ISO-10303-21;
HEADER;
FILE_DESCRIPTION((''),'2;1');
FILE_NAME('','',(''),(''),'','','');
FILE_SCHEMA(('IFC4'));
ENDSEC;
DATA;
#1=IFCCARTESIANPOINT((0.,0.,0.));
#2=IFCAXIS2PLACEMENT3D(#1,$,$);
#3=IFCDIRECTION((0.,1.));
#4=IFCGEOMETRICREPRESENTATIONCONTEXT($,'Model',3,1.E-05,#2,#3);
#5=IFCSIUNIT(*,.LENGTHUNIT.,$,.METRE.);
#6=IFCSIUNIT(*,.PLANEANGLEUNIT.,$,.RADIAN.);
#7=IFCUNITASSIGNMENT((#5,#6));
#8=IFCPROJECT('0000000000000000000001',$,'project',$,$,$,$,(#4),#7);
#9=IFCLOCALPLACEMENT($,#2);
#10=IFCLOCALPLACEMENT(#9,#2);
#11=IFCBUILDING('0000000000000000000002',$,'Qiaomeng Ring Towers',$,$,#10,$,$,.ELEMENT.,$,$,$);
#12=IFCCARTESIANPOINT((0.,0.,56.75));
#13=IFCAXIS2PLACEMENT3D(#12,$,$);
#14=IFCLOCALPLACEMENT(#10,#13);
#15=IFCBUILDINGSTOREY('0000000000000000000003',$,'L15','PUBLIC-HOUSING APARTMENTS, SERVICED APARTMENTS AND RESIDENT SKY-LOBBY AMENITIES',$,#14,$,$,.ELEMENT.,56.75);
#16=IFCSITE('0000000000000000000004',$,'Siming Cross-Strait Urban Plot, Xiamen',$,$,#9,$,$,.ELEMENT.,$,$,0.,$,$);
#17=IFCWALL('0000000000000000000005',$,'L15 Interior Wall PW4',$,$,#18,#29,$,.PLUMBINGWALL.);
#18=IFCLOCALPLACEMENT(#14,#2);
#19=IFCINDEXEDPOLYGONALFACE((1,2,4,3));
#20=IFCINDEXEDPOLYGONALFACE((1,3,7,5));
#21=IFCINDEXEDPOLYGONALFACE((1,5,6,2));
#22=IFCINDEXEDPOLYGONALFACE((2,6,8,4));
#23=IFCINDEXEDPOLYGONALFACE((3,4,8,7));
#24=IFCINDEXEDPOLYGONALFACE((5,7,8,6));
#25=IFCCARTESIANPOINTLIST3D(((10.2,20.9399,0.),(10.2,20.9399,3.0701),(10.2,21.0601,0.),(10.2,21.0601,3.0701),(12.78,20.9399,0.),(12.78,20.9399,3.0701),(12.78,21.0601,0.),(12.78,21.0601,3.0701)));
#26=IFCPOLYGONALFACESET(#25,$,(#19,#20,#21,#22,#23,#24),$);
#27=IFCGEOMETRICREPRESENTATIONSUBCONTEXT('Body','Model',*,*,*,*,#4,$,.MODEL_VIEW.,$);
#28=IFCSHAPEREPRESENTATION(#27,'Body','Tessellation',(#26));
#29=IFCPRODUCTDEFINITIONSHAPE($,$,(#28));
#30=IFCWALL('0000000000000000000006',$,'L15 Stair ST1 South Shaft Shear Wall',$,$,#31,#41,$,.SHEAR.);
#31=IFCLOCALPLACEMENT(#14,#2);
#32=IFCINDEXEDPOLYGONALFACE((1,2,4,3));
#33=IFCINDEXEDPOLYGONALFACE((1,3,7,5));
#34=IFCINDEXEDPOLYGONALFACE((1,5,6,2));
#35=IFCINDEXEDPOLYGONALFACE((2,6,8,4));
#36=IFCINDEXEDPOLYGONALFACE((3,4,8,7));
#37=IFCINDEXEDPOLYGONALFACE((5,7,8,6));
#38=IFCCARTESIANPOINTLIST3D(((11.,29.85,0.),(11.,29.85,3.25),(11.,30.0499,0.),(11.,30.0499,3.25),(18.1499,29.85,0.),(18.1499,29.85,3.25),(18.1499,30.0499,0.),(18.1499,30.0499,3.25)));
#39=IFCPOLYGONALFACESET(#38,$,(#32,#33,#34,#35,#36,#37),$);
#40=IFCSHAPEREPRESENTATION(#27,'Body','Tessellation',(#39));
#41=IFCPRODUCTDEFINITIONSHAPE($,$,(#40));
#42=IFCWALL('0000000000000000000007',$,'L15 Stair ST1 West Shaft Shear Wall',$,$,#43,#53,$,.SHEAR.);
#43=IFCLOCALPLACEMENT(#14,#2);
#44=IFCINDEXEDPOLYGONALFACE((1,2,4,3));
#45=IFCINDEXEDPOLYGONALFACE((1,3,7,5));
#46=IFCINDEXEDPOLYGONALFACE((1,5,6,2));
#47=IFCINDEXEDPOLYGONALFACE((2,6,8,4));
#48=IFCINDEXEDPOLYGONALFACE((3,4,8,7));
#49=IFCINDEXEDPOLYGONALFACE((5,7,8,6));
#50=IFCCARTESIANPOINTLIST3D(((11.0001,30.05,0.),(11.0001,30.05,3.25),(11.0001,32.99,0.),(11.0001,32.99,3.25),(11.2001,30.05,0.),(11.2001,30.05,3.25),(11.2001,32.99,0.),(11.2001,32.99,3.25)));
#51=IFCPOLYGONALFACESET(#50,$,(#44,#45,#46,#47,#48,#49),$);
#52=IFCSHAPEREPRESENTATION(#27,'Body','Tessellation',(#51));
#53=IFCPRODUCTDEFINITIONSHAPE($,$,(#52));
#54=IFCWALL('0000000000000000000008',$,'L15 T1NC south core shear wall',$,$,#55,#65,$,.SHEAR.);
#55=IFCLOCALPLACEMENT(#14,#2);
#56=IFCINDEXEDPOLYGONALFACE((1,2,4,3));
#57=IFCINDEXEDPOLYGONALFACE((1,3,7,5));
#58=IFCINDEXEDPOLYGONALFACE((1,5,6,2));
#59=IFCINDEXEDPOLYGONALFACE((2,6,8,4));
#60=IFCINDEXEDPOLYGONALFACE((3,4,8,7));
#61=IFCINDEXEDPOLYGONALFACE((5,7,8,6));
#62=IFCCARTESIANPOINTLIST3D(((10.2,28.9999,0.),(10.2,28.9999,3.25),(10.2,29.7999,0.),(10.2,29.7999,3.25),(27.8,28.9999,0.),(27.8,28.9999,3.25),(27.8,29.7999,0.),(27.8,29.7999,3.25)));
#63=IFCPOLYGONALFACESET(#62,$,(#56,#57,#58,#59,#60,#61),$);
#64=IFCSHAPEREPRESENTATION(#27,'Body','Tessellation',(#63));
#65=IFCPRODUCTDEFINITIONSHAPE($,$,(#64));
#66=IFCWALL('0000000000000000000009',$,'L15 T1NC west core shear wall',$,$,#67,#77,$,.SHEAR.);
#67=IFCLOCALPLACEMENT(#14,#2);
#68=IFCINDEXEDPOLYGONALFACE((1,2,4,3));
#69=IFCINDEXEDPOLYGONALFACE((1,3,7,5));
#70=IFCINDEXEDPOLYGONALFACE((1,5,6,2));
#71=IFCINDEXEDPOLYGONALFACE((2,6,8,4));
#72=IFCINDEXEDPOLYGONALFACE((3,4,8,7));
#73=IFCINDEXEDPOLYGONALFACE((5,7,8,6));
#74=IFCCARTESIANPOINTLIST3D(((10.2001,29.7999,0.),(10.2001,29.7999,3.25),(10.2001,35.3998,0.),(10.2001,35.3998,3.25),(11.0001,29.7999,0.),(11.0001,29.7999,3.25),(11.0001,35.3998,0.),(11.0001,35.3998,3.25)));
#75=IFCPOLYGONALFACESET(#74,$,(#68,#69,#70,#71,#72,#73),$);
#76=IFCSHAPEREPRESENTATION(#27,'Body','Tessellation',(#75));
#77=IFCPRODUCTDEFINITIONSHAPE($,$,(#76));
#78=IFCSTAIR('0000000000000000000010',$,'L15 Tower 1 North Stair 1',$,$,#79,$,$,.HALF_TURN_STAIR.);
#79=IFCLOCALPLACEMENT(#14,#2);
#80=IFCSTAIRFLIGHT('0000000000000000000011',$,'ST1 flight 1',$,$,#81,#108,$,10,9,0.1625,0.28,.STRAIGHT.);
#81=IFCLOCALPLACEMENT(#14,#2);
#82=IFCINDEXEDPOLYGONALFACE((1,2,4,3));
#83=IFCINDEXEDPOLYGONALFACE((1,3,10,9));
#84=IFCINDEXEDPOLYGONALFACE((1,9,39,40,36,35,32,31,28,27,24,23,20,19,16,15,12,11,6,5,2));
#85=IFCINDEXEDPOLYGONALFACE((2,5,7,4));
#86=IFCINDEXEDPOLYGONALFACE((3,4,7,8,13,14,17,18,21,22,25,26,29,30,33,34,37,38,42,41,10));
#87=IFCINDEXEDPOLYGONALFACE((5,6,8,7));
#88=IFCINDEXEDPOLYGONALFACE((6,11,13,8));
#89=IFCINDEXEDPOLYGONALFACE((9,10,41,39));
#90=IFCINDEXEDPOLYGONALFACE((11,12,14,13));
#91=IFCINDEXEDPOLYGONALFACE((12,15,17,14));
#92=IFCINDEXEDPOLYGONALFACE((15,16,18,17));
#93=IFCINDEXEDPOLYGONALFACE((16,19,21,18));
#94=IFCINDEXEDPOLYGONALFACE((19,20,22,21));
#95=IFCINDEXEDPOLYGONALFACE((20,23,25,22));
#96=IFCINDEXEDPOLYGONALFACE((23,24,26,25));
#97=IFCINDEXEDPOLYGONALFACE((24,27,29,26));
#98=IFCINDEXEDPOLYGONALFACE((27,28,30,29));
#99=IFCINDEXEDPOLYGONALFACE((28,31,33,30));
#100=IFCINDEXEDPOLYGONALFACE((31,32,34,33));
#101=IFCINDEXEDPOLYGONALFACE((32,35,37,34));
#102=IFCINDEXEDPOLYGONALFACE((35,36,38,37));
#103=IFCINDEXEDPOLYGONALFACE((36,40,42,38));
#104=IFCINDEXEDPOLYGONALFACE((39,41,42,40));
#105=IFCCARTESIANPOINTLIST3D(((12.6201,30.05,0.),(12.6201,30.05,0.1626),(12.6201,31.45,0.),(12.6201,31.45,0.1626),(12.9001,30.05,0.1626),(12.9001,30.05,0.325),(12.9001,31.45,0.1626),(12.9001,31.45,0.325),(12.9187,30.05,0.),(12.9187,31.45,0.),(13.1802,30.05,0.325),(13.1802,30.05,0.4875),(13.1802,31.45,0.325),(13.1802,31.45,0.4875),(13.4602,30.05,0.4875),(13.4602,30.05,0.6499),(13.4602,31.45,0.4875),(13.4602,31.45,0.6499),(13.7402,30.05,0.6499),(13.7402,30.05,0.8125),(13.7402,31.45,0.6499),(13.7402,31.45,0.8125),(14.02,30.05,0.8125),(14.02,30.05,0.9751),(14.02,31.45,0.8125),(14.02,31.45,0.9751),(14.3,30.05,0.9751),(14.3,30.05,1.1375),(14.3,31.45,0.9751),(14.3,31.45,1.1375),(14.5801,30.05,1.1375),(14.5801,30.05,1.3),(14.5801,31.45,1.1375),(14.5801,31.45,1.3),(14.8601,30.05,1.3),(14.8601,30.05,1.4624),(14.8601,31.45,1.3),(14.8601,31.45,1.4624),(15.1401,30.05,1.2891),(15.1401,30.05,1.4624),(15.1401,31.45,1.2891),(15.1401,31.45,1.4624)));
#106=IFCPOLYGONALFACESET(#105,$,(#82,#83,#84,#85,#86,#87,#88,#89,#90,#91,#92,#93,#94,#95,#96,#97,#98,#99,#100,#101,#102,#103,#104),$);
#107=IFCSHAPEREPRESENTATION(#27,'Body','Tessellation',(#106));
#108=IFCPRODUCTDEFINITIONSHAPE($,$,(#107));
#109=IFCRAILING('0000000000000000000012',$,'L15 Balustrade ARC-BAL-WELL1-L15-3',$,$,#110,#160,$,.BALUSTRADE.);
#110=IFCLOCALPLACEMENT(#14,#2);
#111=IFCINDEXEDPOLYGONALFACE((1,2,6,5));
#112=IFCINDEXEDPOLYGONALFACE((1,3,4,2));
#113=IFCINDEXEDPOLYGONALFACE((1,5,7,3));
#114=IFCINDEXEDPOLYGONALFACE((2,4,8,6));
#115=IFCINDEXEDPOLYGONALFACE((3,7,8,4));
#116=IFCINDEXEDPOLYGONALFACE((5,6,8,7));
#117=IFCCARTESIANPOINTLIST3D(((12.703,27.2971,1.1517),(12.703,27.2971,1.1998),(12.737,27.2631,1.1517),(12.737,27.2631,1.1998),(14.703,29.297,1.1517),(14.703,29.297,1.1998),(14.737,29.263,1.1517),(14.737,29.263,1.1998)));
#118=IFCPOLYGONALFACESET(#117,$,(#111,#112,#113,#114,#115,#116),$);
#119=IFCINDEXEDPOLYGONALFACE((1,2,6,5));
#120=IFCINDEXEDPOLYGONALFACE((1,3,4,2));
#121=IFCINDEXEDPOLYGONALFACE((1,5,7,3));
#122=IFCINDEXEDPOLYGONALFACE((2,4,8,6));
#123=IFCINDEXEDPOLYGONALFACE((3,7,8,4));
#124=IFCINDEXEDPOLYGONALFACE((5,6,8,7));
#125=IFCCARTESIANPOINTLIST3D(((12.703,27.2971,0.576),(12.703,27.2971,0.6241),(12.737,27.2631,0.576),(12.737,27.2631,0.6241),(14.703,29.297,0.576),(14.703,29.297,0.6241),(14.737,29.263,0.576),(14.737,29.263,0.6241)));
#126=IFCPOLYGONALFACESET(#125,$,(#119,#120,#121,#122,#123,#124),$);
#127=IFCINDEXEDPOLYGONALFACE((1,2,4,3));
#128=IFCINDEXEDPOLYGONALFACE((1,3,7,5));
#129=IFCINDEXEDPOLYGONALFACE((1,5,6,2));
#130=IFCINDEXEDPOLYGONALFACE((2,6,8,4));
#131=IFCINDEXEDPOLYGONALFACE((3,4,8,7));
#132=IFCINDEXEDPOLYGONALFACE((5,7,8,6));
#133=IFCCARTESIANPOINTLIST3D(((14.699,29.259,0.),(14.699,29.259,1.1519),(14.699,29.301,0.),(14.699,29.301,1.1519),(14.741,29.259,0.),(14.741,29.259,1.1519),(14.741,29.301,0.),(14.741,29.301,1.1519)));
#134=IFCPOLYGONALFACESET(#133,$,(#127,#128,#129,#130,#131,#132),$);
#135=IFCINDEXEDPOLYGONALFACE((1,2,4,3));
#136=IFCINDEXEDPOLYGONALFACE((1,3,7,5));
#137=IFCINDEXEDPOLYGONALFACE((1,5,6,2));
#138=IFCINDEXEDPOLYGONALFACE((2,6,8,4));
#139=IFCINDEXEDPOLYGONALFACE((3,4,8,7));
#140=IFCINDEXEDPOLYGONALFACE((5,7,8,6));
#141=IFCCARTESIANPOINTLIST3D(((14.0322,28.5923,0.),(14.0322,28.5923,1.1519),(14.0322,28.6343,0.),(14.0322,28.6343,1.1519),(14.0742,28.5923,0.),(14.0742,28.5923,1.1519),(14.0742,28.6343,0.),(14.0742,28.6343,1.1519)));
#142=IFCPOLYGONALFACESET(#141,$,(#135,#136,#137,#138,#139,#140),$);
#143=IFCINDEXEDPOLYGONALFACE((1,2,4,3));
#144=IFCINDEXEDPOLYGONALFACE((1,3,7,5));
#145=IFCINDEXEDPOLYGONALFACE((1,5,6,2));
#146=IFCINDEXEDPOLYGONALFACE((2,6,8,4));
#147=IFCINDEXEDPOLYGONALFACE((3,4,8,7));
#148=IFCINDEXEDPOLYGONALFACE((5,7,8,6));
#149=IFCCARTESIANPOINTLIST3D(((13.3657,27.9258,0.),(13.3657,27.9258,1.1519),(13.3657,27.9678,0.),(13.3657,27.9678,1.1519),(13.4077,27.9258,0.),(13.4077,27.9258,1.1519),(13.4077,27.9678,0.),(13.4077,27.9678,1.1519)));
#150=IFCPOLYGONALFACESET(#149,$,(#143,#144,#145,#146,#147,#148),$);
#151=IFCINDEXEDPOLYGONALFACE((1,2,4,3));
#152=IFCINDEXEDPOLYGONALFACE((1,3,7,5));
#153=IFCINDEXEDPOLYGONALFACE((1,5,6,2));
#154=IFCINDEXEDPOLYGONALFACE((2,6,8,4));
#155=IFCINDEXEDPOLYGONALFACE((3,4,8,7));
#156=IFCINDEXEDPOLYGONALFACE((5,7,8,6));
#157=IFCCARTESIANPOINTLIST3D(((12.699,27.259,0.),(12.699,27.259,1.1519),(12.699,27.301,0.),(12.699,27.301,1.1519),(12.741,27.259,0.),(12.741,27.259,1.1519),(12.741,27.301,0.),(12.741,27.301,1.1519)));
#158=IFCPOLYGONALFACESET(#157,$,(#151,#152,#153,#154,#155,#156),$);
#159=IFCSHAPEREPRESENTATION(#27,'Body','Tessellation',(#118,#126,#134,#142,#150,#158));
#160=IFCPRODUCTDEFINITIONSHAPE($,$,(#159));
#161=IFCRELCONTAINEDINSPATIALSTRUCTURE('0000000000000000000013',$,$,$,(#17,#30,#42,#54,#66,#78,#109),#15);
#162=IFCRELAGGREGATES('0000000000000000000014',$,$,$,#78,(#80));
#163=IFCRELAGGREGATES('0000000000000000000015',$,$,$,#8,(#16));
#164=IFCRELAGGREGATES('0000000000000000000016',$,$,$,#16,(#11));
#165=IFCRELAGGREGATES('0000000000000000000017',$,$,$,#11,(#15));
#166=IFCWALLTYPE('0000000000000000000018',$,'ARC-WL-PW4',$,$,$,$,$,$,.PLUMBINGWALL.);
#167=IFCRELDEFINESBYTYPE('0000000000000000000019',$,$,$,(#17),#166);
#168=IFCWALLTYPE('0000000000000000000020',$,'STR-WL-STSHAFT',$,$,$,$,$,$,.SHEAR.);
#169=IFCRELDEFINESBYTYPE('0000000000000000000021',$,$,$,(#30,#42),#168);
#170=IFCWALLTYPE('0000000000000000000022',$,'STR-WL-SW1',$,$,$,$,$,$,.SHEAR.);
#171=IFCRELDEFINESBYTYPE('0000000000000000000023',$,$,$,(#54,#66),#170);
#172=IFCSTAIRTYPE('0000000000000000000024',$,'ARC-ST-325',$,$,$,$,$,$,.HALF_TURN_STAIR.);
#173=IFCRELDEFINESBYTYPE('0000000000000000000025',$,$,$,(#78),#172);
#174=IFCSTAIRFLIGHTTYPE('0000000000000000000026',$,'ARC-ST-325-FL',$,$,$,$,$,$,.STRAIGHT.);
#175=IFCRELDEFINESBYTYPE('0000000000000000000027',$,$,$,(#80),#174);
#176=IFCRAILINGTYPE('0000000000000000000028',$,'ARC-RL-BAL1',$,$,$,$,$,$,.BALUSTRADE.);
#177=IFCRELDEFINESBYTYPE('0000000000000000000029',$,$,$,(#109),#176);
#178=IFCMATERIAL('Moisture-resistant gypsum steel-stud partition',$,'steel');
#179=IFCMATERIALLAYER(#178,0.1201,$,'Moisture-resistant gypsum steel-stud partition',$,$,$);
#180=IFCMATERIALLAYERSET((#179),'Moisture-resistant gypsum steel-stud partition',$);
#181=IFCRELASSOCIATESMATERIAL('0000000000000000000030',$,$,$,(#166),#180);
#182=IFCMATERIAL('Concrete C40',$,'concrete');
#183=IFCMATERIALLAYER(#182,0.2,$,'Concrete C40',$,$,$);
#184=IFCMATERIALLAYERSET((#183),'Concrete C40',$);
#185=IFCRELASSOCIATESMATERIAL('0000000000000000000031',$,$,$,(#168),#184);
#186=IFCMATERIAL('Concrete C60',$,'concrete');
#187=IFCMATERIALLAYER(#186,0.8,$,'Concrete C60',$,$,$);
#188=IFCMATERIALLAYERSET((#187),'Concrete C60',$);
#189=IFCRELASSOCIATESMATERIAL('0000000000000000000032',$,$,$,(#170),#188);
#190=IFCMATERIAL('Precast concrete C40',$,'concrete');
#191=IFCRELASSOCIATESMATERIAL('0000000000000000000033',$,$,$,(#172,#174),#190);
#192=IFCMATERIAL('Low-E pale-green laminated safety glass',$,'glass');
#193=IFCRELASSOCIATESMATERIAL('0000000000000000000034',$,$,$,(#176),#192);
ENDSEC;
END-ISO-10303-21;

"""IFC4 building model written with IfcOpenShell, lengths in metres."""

from ifc_helpers import new_model, si_unit, direction, frame, frame_2d, origin, origin_2d, place, context, subcontext, project, spatial, polyline, rectangle, outline, extrude, source, transform, mapped, material, layer, layer_set, type_object, element, aggregate, save


model = new_model("IFC4")

# Units and contexts
model_context = context("Model", 3, precision=1e-05, world=origin(), true_north=direction((0.0, 1.0)))
body_context = subcontext(model_context, "Body", "Model", "MODEL_VIEW")
ifc_project = project(units=[si_unit("LENGTHUNIT", "METRE"), si_unit("PLANEANGLEUNIT", "RADIAN")], contexts=[model_context])

# Site, building, storey
site_placement = place(None, origin())
site = spatial("IfcSite", under=ifc_project, at=site_placement, Name="Siming Cross-Strait Urban Plot, Xiamen", CompositionType="ELEMENT", RefElevation=0.0)
building_placement = place(site_placement, origin())
building = spatial("IfcBuilding", under=site, at=building_placement, Name="Qiaomeng Ring Towers", CompositionType="ELEMENT")
storey_placement = place(building_placement, frame((0.0, 0.0, 56.75)))
storey = spatial("IfcBuildingStorey", under=building, at=storey_placement, Name="L15", Description="PUBLIC-HOUSING APARTMENTS, SERVICED APARTMENTS AND RESIDENT SKY-LOBBY AMENITIES", CompositionType="ELEMENT", Elevation=56.75)

# Shared definitions
ifc_material_1 = material(Name="Concrete C60", Category="concrete")

# Walls
ifc_material_2 = material(Name="Moisture-resistant gypsum steel-stud partition", Category="steel")
ifc_layer_1 = layer(ifc_material_2, 0.1201, Name="Moisture-resistant gypsum steel-stud partition")
ifc_layer_set_1 = layer_set([ifc_layer_1], Name="Moisture-resistant gypsum steel-stud partition")
wall_type_1 = type_object("IfcWallType", Name="ARC-WL-PW4", PredefinedType="PLUMBINGWALL", material=ifc_layer_set_1)
wall_1_placement = place(storey_placement, frame((10.2, 21.0, 0.0), z_axis=(0.0, 0.0, 1.0), x_axis=(1.0, 0.0, 0.0)))
element("IfcWall", 1, at=wall_1_placement, inside=storey, type_object=wall_type_1, Name="L15 Interior Wall PW4", PredefinedType="PLUMBINGWALL", context=body_context, shape_type="SweptSolid", body=[
    extrude(rectangle(XDim=2.5801, YDim=0.1201, at=frame_2d((1.29, 0.0))), origin(), (0.0, 0.0, 1.0), 3.0701),
])
ifc_material_3 = material(Name="Concrete C40", Category="concrete")
ifc_layer_2 = layer(ifc_material_3, 0.2, Name="Concrete C40")
ifc_layer_set_2 = layer_set([ifc_layer_2], Name="Concrete C40")
wall_type_2 = type_object("IfcWallType", Name="STR-WL-STSHAFT", PredefinedType="SHEAR", material=ifc_layer_set_2)
wall_2_placement = place(storey_placement, frame((11.0, 29.95, 0.0), z_axis=(0.0, 0.0, 1.0), x_axis=(1.0, 0.0, 0.0)))
element("IfcWall", 2, at=wall_2_placement, inside=storey, type_object=wall_type_2, Name="L15 Stair ST1 South Shaft Shear Wall", PredefinedType="SHEAR", context=body_context, shape_type="SweptSolid", body=[
    extrude(rectangle(XDim=7.1499, YDim=0.2, at=frame_2d((3.575, 0.0))), origin(), (0.0, 0.0, 1.0), 3.25),
])
wall_3_placement = place(storey_placement, frame((11.1001, 30.05, 0.0), z_axis=(0.0, 0.0, 1.0), x_axis=(0.0, 1.0, 0.0)))
element("IfcWall", 3, at=wall_3_placement, inside=storey, type_object=wall_type_2, Name="L15 Stair ST1 West Shaft Shear Wall", PredefinedType="SHEAR", context=body_context, shape_type="SweptSolid", body=[
    extrude(rectangle(XDim=2.9399, YDim=0.2, at=frame_2d((1.47, 0.0))), origin(), (0.0, 0.0, 1.0), 3.25),
])
ifc_layer_3 = layer(ifc_material_1, 0.8, Name="Concrete C60")
ifc_layer_set_3 = layer_set([ifc_layer_3], Name="Concrete C60")
wall_type_3 = type_object("IfcWallType", Name="STR-WL-SW1", PredefinedType="SHEAR", material=ifc_layer_set_3)
wall_4_placement = place(storey_placement, frame((10.2, 29.3999, 0.0), z_axis=(0.0, 0.0, 1.0), x_axis=(1.0, 0.0, 0.0)))
element("IfcWall", 4, at=wall_4_placement, inside=storey, type_object=wall_type_3, Name="L15 T1NC south core shear wall", PredefinedType="SHEAR", context=body_context, shape_type="SweptSolid", body=[
    extrude(rectangle(XDim=17.6001, YDim=0.8, at=frame_2d((8.8, 0.0))), origin(), (0.0, 0.0, 1.0), 3.25),
])
wall_5_placement = place(storey_placement, frame((10.6001, 29.8, 0.0), z_axis=(0.0, 0.0, 1.0), x_axis=(0.0, 1.0, 0.0)))
element("IfcWall", 5, at=wall_5_placement, inside=storey, type_object=wall_type_3, Name="L15 T1NC west core shear wall", PredefinedType="SHEAR", context=body_context, shape_type="SweptSolid", body=[
    extrude(rectangle(XDim=5.5999, YDim=0.8, at=frame_2d((2.7998, 0.0))), origin(), (0.0, 0.0, 1.0), 3.25),
])

# Stair, stair flight
ifc_material_4 = material(Name="Precast concrete C40", Category="concrete")
stair_type = type_object("IfcStairType", Name="ARC-ST-325", PredefinedType="HALF_TURN_STAIR", material=ifc_material_4)
stair_placement = place(storey_placement, origin())
stair = element("IfcStair", 6, at=stair_placement, inside=storey, type_object=stair_type, Name="L15 Tower 1 North Stair 1", PredefinedType="HALF_TURN_STAIR")
stair_flight_type = type_object("IfcStairFlightType", Name="ARC-ST-325-FL", PredefinedType="STRAIGHT", material=ifc_material_4)
shared_shape_1 = source(origin(), body_context, "Body", "SweptSolid", [
    extrude(outline(polyline([(0.0, 0.0), (0.0, 0.1626), (0.28, 0.1626), (0.28, 0.325), (0.5601, 0.325), (0.5601, 0.4875), (0.8401, 0.4875), (0.8401, 0.6499), (1.1201, 0.6499), (1.1201, 0.8125), (1.3999, 0.8125), (1.3999, 0.9751), (1.6799, 0.9751), (1.6799, 1.1375), (1.96, 1.1375), (1.96, 1.3), (2.24, 1.3), (2.24, 1.4624), (2.52, 1.4624), (2.52, 1.625), (2.52, 1.2891), (0.2986, 0.0), (0.0, 0.0)])), frame((0.0, 0.7, 0.0), z_axis=(0.0, -1.0, 0.0), x_axis=(1.0, 0.0, 0.0)), (0.0, 0.0, 1.0), 1.3999),
])
stair_flight_placement = place(storey_placement, frame((12.6201, 30.75, 0.0), z_axis=(0.0, 0.0, 1.0), x_axis=(1.0, 0.0, 0.0)))
stair_flight = element("IfcStairFlight", 7, at=stair_flight_placement, type_object=stair_flight_type, Name="ST1 flight 1", NumberOfRisers=10, NumberOfTreads=9, PredefinedType="STRAIGHT", RiserHeight=0.1625, TreadLength=0.28, context=body_context, shape_type="MappedRepresentation", body=[
    mapped(shared_shape_1, transform((0.0, 0.0, 0.0), x_axis=(1.0, 0.0, 0.0), y_axis=(0.0, 1.0, 0.0), z_axis=(0.0, 0.0, 1.0), scale=1.0)),
])
aggregate(stair, [stair_flight])

# Railing
ifc_material_5 = material(Name="Low-E pale-green laminated safety glass", Category="glass")
railing_type_1 = type_object("IfcRailingType", Name="ARC-RL-BAL1", PredefinedType="BALUSTRADE", material=ifc_material_5)
railing_1_placement = place(storey_placement, frame((14.72, 29.28, 0.0)))
element("IfcRailing", 8, at=railing_1_placement, inside=storey, type_object=railing_type_1, Name="L15 Balustrade ARC-BAL-WELL1-L15-3", PredefinedType="BALUSTRADE", context=body_context, shape_type="SweptSolid", body=[
    extrude(rectangle(XDim=0.0481, YDim=0.0481, at=origin_2d()), frame((0.0, 0.0, 1.1758), z_axis=(-0.707107, -0.707107, 0.0), x_axis=(0.707107, -0.707107, 0.0)), (0.0, 0.0, 1.0), 2.8284),
    extrude(rectangle(XDim=0.0481, YDim=0.0481, at=origin_2d()), frame((0.0, 0.0, 0.6001), z_axis=(-0.707107, -0.707107, 0.0), x_axis=(0.707107, -0.707107, 0.0)), (0.0, 0.0, 1.0), 2.8284),
    extrude(rectangle(XDim=0.042, YDim=0.042, at=origin_2d()), origin(), (0.0, 0.0, 1.0), 1.1519),
    extrude(rectangle(XDim=0.042, YDim=0.042, at=origin_2d()), frame((-0.6667, -0.6667, 0.0)), (0.0, 0.0, 1.0), 1.1519),
    extrude(rectangle(XDim=0.042, YDim=0.042, at=origin_2d()), frame((-1.3333, -1.3333, 0.0)), (0.0, 0.0, 1.0), 1.1519),
    extrude(rectangle(XDim=0.042, YDim=0.042, at=origin_2d()), frame((-2.0, -2.0, 0.0)), (0.0, 0.0, 1.0), 1.1519),
])

save(model, "model.ifc")
